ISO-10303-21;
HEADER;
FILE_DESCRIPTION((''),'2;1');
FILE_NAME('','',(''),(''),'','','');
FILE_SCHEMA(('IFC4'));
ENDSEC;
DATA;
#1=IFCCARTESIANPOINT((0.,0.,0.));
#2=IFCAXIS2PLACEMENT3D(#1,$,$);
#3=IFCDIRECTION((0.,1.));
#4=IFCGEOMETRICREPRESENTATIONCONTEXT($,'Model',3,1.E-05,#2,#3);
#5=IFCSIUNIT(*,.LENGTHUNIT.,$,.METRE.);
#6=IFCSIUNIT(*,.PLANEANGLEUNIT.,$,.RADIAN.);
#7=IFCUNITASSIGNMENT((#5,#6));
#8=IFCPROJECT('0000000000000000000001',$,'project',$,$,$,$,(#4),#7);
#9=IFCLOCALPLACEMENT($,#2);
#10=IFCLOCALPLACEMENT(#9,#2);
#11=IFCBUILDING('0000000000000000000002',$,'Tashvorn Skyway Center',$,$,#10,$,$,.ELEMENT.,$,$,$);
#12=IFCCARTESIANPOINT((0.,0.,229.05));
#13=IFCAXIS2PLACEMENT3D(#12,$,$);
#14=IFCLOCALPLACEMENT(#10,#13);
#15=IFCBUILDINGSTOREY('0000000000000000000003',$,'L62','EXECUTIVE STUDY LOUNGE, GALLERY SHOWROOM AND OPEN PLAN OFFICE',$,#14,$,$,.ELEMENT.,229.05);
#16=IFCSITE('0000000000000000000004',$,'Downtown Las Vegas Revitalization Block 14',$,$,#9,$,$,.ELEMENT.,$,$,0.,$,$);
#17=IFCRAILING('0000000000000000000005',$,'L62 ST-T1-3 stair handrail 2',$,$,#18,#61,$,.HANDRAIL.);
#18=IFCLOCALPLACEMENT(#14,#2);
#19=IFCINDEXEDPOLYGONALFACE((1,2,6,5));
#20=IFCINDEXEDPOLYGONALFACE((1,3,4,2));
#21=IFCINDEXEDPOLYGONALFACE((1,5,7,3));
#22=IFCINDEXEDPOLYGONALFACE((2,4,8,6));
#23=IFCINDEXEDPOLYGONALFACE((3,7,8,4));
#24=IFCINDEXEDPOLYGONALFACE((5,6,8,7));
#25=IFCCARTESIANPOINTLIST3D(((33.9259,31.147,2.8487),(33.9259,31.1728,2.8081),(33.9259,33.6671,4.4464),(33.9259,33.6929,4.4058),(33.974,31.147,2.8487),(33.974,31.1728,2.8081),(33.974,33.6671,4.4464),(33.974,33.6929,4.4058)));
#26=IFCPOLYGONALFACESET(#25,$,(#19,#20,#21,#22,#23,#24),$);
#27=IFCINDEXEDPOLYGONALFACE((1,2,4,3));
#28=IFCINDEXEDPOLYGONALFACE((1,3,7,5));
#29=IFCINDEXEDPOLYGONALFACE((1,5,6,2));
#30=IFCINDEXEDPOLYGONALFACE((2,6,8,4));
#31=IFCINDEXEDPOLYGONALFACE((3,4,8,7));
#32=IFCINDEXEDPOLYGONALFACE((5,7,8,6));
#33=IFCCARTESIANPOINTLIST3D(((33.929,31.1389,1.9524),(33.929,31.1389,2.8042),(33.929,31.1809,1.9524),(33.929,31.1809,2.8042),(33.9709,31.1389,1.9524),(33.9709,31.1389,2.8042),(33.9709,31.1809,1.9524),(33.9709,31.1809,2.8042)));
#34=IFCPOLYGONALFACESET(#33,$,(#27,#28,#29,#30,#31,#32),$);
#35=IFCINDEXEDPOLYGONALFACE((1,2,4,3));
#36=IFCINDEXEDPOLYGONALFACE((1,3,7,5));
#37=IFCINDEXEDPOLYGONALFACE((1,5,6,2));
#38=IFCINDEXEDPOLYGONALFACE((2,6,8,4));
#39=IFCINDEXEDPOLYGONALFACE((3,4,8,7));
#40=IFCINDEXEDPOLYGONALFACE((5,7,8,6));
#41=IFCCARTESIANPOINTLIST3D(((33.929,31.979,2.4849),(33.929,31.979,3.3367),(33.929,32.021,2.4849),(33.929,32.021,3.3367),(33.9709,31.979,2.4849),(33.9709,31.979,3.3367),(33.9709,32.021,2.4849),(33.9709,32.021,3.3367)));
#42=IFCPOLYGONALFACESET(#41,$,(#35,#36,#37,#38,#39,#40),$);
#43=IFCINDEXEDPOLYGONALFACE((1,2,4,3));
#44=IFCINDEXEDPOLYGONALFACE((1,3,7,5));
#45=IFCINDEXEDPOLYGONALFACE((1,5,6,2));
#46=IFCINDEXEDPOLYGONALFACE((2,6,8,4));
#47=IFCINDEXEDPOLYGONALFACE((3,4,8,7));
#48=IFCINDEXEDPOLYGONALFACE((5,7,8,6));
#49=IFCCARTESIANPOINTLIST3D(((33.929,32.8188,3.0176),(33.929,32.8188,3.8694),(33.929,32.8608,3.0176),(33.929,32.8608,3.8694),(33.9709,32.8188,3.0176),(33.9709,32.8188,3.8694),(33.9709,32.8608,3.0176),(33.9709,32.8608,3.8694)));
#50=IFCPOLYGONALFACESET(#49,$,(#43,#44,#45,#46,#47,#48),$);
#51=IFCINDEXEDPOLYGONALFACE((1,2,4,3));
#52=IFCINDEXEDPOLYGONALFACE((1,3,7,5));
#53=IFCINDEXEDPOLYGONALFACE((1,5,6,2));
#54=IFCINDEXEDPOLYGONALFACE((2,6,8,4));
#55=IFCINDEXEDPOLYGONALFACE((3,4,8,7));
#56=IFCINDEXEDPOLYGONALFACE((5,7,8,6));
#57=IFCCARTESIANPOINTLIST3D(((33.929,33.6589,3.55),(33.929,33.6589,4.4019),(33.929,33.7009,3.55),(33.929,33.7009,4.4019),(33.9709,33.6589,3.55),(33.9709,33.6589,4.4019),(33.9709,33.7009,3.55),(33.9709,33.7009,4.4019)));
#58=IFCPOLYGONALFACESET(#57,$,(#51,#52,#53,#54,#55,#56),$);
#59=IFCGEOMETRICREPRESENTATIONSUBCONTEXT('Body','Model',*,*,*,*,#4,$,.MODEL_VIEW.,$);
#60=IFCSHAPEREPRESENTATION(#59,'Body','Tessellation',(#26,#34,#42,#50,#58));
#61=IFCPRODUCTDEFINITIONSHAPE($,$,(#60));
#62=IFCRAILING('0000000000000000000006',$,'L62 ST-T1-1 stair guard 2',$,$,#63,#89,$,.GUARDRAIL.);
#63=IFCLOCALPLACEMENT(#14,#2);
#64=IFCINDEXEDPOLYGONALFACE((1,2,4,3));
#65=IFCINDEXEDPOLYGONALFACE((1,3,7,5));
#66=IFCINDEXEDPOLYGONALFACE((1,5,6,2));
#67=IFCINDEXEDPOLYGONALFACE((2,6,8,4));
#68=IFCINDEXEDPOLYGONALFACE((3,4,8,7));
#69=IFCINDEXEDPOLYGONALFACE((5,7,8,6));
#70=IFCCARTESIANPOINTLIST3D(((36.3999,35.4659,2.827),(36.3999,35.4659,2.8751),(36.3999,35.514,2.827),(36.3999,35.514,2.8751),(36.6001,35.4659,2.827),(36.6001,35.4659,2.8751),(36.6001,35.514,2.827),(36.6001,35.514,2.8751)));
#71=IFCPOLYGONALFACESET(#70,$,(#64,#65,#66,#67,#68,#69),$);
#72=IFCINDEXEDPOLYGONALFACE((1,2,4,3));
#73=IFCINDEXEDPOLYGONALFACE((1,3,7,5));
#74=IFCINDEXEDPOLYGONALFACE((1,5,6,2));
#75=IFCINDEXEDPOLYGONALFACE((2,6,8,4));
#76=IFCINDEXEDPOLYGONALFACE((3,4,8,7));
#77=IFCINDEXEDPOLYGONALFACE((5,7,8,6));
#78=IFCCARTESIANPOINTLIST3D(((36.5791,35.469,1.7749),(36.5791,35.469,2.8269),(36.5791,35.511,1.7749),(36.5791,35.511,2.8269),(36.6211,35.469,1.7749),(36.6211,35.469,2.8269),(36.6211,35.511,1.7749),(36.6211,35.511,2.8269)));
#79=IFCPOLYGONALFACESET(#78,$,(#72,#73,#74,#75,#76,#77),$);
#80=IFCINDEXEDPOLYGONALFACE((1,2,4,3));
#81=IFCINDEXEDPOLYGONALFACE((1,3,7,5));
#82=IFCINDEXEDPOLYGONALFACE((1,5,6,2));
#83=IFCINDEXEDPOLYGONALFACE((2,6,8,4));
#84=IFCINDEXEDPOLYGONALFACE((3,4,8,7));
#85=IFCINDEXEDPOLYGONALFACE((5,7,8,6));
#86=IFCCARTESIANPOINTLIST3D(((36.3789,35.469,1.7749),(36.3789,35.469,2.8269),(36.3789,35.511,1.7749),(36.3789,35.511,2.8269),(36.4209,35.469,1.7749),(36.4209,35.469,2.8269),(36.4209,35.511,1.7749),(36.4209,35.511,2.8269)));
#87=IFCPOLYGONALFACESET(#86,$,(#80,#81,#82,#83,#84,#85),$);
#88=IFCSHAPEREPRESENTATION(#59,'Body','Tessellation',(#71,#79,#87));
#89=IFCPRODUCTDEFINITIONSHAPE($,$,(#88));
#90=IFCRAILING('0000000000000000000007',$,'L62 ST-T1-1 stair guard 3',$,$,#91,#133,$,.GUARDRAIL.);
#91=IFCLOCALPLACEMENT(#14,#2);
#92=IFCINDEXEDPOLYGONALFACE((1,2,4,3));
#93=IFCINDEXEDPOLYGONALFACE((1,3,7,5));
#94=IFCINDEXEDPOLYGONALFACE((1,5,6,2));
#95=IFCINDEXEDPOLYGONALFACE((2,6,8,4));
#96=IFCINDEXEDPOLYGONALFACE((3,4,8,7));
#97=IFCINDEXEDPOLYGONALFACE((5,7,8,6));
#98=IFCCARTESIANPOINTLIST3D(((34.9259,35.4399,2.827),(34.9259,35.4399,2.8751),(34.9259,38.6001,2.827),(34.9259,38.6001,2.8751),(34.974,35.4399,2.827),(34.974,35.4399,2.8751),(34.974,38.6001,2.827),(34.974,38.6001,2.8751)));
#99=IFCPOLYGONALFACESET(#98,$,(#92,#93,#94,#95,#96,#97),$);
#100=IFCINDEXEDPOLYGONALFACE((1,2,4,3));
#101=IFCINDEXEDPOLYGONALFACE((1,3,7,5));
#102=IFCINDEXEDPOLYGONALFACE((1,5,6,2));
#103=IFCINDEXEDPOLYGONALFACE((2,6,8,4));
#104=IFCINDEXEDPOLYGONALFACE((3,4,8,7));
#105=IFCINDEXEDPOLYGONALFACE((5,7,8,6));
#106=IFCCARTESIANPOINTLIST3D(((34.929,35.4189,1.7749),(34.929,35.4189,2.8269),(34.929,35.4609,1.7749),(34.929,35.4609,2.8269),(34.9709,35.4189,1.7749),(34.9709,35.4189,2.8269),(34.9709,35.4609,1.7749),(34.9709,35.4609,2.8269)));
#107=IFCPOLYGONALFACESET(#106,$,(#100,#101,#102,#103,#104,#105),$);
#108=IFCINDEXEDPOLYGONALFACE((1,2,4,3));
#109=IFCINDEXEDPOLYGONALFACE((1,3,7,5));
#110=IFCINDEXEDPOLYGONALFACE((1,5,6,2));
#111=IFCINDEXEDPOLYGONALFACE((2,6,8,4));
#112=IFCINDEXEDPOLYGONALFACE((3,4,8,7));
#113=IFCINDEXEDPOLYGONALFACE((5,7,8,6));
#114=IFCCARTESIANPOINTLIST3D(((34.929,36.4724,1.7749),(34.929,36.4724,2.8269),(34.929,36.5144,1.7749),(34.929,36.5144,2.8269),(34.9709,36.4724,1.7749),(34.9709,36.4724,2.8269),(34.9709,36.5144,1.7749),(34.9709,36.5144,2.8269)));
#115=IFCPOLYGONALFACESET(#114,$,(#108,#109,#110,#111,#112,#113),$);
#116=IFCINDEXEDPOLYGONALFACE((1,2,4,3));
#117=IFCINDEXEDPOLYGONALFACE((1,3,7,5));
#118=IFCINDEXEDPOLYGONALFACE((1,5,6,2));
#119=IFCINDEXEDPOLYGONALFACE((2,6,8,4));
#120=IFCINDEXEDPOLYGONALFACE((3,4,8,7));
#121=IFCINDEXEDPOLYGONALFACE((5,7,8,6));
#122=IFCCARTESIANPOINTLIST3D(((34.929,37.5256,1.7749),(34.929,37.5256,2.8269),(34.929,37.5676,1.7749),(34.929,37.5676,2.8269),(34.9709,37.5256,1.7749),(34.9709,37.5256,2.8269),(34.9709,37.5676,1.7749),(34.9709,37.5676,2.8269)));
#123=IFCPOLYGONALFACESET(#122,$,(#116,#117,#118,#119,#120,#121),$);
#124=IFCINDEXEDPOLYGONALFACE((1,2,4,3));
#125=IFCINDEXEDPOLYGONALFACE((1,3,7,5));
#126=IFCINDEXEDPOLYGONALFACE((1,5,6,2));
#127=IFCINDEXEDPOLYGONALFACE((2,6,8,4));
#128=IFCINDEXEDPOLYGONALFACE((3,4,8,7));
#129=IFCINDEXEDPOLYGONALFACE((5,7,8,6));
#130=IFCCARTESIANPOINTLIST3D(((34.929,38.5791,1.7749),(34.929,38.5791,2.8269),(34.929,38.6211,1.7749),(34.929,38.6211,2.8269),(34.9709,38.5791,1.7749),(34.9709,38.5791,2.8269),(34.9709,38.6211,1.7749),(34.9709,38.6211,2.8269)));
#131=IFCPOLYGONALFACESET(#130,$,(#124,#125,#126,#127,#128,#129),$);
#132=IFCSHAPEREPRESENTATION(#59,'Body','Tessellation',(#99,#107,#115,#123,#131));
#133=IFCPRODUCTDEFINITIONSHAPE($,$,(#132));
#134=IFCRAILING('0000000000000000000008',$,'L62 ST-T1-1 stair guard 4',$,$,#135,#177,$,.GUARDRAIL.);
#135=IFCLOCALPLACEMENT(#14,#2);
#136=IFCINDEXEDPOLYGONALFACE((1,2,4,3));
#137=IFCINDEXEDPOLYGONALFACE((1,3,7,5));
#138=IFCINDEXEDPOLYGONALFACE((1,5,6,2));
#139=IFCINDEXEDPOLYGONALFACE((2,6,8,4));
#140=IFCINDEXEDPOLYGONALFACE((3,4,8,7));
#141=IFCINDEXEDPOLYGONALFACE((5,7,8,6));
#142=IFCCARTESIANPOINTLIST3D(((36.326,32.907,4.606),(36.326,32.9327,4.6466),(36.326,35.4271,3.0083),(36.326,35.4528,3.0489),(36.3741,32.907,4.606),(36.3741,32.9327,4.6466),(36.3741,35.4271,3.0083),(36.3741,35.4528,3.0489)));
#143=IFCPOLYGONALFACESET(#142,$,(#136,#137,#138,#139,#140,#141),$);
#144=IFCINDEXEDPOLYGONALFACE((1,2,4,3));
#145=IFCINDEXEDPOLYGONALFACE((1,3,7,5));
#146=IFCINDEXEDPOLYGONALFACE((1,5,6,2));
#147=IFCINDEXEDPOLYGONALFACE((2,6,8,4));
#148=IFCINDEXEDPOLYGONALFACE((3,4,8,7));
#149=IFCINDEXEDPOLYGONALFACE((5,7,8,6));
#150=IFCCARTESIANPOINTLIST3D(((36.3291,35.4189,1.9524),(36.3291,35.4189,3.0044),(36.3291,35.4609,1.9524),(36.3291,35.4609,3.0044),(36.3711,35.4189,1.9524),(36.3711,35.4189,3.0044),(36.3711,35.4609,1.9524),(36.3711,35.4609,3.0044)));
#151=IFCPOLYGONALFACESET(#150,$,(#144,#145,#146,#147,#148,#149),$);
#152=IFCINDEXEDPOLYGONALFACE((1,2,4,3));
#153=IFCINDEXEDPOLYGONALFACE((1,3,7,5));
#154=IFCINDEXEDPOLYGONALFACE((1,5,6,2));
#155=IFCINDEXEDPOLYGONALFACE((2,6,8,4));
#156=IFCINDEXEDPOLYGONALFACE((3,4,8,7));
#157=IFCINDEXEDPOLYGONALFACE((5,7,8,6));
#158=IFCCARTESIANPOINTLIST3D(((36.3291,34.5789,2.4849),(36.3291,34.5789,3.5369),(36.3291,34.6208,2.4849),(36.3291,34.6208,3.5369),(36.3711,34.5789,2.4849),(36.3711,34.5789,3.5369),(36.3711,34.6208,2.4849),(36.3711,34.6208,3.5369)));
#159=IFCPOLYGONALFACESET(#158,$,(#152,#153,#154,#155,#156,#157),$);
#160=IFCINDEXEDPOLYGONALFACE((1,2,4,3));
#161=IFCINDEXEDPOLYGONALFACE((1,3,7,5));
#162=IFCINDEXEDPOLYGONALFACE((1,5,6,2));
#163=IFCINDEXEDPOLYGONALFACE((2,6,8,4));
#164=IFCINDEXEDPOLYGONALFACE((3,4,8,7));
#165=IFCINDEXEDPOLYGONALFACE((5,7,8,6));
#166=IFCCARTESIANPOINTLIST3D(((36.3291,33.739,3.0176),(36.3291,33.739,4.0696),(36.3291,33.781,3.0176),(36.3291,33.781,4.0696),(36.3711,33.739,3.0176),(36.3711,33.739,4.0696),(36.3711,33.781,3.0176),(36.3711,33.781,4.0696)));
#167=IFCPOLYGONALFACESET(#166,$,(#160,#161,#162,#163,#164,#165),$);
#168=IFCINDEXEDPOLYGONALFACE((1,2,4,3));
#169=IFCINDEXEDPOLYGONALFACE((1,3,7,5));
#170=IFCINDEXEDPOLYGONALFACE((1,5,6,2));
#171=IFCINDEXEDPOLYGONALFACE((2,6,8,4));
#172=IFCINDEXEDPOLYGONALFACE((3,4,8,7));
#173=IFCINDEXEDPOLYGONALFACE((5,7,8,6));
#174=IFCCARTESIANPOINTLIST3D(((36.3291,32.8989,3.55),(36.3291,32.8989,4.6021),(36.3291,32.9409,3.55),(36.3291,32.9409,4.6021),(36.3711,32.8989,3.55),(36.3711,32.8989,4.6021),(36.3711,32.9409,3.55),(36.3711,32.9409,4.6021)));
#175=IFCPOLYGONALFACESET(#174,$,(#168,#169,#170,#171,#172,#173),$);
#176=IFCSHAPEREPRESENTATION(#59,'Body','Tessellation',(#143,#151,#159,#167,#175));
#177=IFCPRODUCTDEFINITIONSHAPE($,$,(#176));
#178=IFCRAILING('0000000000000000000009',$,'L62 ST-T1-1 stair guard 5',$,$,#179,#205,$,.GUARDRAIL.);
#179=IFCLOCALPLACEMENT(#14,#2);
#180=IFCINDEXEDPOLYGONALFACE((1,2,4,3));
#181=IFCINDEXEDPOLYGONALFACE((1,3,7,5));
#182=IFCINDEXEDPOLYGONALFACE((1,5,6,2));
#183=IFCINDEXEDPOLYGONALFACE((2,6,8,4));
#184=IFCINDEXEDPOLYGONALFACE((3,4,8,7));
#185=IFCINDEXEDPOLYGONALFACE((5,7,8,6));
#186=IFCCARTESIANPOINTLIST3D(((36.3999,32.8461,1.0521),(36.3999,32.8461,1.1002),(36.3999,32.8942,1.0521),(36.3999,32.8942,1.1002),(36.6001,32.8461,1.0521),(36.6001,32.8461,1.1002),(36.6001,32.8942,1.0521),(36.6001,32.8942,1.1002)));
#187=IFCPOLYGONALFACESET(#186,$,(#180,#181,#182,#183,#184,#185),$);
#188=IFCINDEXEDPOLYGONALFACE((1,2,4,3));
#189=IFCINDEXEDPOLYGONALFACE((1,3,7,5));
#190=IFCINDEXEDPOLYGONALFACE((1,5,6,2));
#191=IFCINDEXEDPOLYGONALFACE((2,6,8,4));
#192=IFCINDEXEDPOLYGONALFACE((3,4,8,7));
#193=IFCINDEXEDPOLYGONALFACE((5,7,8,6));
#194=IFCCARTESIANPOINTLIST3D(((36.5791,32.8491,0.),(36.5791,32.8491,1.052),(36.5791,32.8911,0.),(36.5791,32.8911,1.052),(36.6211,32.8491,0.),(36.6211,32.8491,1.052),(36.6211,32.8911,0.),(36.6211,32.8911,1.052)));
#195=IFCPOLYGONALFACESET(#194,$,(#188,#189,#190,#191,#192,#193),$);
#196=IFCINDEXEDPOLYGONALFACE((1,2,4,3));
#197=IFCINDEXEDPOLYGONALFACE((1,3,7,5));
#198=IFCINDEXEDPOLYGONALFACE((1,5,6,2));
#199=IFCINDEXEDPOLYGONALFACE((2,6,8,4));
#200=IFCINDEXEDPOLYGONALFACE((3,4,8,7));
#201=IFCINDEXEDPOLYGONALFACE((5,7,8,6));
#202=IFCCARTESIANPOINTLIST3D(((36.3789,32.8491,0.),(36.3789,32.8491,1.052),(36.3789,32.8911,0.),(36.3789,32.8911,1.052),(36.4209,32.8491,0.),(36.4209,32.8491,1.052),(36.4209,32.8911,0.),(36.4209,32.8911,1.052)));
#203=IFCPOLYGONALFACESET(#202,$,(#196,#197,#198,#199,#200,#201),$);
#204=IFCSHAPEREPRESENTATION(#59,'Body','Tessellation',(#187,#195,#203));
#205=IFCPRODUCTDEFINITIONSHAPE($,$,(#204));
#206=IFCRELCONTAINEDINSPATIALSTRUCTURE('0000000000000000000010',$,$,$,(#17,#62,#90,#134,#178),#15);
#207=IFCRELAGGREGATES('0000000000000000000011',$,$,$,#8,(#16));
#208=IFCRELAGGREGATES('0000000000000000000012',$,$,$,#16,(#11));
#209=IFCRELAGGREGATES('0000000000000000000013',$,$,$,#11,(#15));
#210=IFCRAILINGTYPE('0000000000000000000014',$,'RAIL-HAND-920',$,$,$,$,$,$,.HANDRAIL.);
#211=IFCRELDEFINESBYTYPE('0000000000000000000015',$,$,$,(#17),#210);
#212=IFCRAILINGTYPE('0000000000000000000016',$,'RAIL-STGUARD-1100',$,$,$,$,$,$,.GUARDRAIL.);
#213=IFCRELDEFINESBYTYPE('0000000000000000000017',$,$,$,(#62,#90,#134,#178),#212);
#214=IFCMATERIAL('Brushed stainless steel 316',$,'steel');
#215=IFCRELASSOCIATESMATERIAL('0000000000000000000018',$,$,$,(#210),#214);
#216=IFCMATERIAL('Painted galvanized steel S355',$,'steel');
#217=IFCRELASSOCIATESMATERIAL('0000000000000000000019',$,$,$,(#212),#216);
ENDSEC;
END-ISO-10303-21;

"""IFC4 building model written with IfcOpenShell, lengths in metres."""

from ifc_helpers import new_model, si_unit, direction, frame, origin, origin_2d, place, context, subcontext, project, spatial, rectangle, extrude, material, type_object, element, save


model = new_model("IFC4")

# Units and contexts
model_context = context("Model", 3, precision=1e-05, world=origin(), true_north=direction((0.0, 1.0)))
body_context = subcontext(model_context, "Body", "Model", "MODEL_VIEW")
ifc_project = project(units=[si_unit("LENGTHUNIT", "METRE"), si_unit("PLANEANGLEUNIT", "RADIAN")], contexts=[model_context])

# Site, building, storey
site_placement = place(None, origin())
site = spatial("IfcSite", under=ifc_project, at=site_placement, Name="Downtown Las Vegas Revitalization Block 14", CompositionType="ELEMENT", RefElevation=0.0)
building_placement = place(site_placement, origin())
building = spatial("IfcBuilding", under=site, at=building_placement, Name="Tashvorn Skyway Center", CompositionType="ELEMENT")
storey_placement = place(building_placement, frame((0.0, 0.0, 229.05)))
storey = spatial("IfcBuildingStorey", under=building, at=storey_placement, Name="L62", Description="EXECUTIVE STUDY LOUNGE, GALLERY SHOWROOM AND OPEN PLAN OFFICE", CompositionType="ELEMENT", Elevation=229.05)

# Railings
ifc_material_1 = material(Name="Brushed stainless steel 316", Category="steel")
railing_type_1 = type_object("IfcRailingType", Name="RAIL-HAND-920", PredefinedType="HANDRAIL", material=ifc_material_1)
railing_1_placement = place(storey_placement, frame((33.95, 31.1599, 1.9524)))
element("IfcRailing", 1, at=railing_1_placement, inside=storey, type_object=railing_type_1, Name="L62 ST-T1-3 stair handrail 2", PredefinedType="HANDRAIL", context=body_context, shape_type="SweptSolid", body=[
    extrude(rectangle(XDim=0.0481, YDim=0.0481, at=origin_2d()), frame((0.0, 0.0, 0.876), z_axis=(0.0, 0.84457, 0.535445), x_axis=(-1.0, 0.0, 0.0)), (0.0, 0.0, 1.0), 2.9839),
    extrude(rectangle(XDim=0.042, YDim=0.042, at=origin_2d()), origin(), (0.0, 0.0, 1.0), 0.8518),
    extrude(rectangle(XDim=0.042, YDim=0.042, at=origin_2d()), frame((0.0, 0.8401, 0.5325)), (0.0, 0.0, 1.0), 0.8518),
    extrude(rectangle(XDim=0.042, YDim=0.042, at=origin_2d()), frame((0.0, 1.6799, 1.0652)), (0.0, 0.0, 1.0), 0.8518),
    extrude(rectangle(XDim=0.042, YDim=0.042, at=origin_2d()), frame((0.0, 2.52, 1.5977)), (0.0, 0.0, 1.0), 0.8518),
])
ifc_material_2 = material(Name="Painted galvanized steel S355", Category="steel")
railing_type_2 = type_object("IfcRailingType", Name="RAIL-STGUARD-1100", PredefinedType="GUARDRAIL", material=ifc_material_2)
railing_2_placement = place(storey_placement, frame((36.6001, 35.49, 1.7749)))
element("IfcRailing", 2, at=railing_2_placement, inside=storey, type_object=railing_type_2, Name="L62 ST-T1-1 stair guard 2", PredefinedType="GUARDRAIL", context=body_context, shape_type="SweptSolid", body=[
    extrude(rectangle(XDim=0.0481, YDim=0.0481, at=origin_2d()), frame((0.0, 0.0, 1.0762), z_axis=(-1.0, 0.0, 0.0), x_axis=(0.0, -1.0, 0.0)), (0.0, 0.0, 1.0), 0.2002),
    extrude(rectangle(XDim=0.042, YDim=0.042, at=origin_2d()), origin(), (0.0, 0.0, 1.0), 1.052),
    extrude(rectangle(XDim=0.042, YDim=0.042, at=origin_2d()), frame((-0.2002, 0.0, 0.0)), (0.0, 0.0, 1.0), 1.052),
])
railing_3_placement = place(storey_placement, frame((34.95, 35.4399, 1.7749)))
element("IfcRailing", 3, at=railing_3_placement, inside=storey, type_object=railing_type_2, Name="L62 ST-T1-1 stair guard 3", PredefinedType="GUARDRAIL", context=body_context, shape_type="SweptSolid", body=[
    extrude(rectangle(XDim=0.0481, YDim=0.0481, at=origin_2d()), frame((0.0, 0.0, 1.0762), z_axis=(0.0, 1.0, 0.0), x_axis=(-1.0, 0.0, 0.0)), (0.0, 0.0, 1.0), 3.1602),
    extrude(rectangle(XDim=0.042, YDim=0.042, at=origin_2d()), origin(), (0.0, 0.0, 1.0), 1.052),
    extrude(rectangle(XDim=0.042, YDim=0.042, at=origin_2d()), frame((0.0, 1.0535, 0.0)), (0.0, 0.0, 1.0), 1.052),
    extrude(rectangle(XDim=0.042, YDim=0.042, at=origin_2d()), frame((0.0, 2.1067, 0.0)), (0.0, 0.0, 1.0), 1.052),
    extrude(rectangle(XDim=0.042, YDim=0.042, at=origin_2d()), frame((0.0, 3.1602, 0.0)), (0.0, 0.0, 1.0), 1.052),
])
railing_4_placement = place(storey_placement, frame((36.3501, 35.4399, 1.9524)))
element("IfcRailing", 4, at=railing_4_placement, inside=storey, type_object=railing_type_2, Name="L62 ST-T1-1 stair guard 4", PredefinedType="GUARDRAIL", context=body_context, shape_type="SweptSolid", body=[
    extrude(rectangle(XDim=0.0481, YDim=0.0481, at=origin_2d()), frame((0.0, 0.0, 1.0762), z_axis=(0.0, -0.84457, 0.535445), x_axis=(1.0, 0.0, 0.0)), (0.0, 0.0, 1.0), 2.9839),
    extrude(rectangle(XDim=0.042, YDim=0.042, at=origin_2d()), origin(), (0.0, 0.0, 1.0), 1.052),
    extrude(rectangle(XDim=0.042, YDim=0.042, at=origin_2d()), frame((0.0, -0.8401, 0.5325)), (0.0, 0.0, 1.0), 1.052),
    extrude(rectangle(XDim=0.042, YDim=0.042, at=origin_2d()), frame((0.0, -1.6799, 1.0652)), (0.0, 0.0, 1.0), 1.052),
    extrude(rectangle(XDim=0.042, YDim=0.042, at=origin_2d()), frame((0.0, -2.52, 1.5977)), (0.0, 0.0, 1.0), 1.052),
])
railing_5_placement = place(storey_placement, frame((36.6001, 32.8701, 0.0)))
element("IfcRailing", 5, at=railing_5_placement, inside=storey, type_object=railing_type_2, Name="L62 ST-T1-1 stair guard 5", PredefinedType="GUARDRAIL", context=body_context, shape_type="SweptSolid", body=[
    extrude(rectangle(XDim=0.0481, YDim=0.0481, at=origin_2d()), frame((0.0, 0.0, 1.0762), z_axis=(-1.0, 0.0, 0.0), x_axis=(0.0, -1.0, 0.0)), (0.0, 0.0, 1.0), 0.2002),
    extrude(rectangle(XDim=0.042, YDim=0.042, at=origin_2d()), origin(), (0.0, 0.0, 1.0), 1.052),
    extrude(rectangle(XDim=0.042, YDim=0.042, at=origin_2d()), frame((-0.2002, 0.0, 0.0)), (0.0, 0.0, 1.0), 1.052),
])

save(model, "model.ifc")
